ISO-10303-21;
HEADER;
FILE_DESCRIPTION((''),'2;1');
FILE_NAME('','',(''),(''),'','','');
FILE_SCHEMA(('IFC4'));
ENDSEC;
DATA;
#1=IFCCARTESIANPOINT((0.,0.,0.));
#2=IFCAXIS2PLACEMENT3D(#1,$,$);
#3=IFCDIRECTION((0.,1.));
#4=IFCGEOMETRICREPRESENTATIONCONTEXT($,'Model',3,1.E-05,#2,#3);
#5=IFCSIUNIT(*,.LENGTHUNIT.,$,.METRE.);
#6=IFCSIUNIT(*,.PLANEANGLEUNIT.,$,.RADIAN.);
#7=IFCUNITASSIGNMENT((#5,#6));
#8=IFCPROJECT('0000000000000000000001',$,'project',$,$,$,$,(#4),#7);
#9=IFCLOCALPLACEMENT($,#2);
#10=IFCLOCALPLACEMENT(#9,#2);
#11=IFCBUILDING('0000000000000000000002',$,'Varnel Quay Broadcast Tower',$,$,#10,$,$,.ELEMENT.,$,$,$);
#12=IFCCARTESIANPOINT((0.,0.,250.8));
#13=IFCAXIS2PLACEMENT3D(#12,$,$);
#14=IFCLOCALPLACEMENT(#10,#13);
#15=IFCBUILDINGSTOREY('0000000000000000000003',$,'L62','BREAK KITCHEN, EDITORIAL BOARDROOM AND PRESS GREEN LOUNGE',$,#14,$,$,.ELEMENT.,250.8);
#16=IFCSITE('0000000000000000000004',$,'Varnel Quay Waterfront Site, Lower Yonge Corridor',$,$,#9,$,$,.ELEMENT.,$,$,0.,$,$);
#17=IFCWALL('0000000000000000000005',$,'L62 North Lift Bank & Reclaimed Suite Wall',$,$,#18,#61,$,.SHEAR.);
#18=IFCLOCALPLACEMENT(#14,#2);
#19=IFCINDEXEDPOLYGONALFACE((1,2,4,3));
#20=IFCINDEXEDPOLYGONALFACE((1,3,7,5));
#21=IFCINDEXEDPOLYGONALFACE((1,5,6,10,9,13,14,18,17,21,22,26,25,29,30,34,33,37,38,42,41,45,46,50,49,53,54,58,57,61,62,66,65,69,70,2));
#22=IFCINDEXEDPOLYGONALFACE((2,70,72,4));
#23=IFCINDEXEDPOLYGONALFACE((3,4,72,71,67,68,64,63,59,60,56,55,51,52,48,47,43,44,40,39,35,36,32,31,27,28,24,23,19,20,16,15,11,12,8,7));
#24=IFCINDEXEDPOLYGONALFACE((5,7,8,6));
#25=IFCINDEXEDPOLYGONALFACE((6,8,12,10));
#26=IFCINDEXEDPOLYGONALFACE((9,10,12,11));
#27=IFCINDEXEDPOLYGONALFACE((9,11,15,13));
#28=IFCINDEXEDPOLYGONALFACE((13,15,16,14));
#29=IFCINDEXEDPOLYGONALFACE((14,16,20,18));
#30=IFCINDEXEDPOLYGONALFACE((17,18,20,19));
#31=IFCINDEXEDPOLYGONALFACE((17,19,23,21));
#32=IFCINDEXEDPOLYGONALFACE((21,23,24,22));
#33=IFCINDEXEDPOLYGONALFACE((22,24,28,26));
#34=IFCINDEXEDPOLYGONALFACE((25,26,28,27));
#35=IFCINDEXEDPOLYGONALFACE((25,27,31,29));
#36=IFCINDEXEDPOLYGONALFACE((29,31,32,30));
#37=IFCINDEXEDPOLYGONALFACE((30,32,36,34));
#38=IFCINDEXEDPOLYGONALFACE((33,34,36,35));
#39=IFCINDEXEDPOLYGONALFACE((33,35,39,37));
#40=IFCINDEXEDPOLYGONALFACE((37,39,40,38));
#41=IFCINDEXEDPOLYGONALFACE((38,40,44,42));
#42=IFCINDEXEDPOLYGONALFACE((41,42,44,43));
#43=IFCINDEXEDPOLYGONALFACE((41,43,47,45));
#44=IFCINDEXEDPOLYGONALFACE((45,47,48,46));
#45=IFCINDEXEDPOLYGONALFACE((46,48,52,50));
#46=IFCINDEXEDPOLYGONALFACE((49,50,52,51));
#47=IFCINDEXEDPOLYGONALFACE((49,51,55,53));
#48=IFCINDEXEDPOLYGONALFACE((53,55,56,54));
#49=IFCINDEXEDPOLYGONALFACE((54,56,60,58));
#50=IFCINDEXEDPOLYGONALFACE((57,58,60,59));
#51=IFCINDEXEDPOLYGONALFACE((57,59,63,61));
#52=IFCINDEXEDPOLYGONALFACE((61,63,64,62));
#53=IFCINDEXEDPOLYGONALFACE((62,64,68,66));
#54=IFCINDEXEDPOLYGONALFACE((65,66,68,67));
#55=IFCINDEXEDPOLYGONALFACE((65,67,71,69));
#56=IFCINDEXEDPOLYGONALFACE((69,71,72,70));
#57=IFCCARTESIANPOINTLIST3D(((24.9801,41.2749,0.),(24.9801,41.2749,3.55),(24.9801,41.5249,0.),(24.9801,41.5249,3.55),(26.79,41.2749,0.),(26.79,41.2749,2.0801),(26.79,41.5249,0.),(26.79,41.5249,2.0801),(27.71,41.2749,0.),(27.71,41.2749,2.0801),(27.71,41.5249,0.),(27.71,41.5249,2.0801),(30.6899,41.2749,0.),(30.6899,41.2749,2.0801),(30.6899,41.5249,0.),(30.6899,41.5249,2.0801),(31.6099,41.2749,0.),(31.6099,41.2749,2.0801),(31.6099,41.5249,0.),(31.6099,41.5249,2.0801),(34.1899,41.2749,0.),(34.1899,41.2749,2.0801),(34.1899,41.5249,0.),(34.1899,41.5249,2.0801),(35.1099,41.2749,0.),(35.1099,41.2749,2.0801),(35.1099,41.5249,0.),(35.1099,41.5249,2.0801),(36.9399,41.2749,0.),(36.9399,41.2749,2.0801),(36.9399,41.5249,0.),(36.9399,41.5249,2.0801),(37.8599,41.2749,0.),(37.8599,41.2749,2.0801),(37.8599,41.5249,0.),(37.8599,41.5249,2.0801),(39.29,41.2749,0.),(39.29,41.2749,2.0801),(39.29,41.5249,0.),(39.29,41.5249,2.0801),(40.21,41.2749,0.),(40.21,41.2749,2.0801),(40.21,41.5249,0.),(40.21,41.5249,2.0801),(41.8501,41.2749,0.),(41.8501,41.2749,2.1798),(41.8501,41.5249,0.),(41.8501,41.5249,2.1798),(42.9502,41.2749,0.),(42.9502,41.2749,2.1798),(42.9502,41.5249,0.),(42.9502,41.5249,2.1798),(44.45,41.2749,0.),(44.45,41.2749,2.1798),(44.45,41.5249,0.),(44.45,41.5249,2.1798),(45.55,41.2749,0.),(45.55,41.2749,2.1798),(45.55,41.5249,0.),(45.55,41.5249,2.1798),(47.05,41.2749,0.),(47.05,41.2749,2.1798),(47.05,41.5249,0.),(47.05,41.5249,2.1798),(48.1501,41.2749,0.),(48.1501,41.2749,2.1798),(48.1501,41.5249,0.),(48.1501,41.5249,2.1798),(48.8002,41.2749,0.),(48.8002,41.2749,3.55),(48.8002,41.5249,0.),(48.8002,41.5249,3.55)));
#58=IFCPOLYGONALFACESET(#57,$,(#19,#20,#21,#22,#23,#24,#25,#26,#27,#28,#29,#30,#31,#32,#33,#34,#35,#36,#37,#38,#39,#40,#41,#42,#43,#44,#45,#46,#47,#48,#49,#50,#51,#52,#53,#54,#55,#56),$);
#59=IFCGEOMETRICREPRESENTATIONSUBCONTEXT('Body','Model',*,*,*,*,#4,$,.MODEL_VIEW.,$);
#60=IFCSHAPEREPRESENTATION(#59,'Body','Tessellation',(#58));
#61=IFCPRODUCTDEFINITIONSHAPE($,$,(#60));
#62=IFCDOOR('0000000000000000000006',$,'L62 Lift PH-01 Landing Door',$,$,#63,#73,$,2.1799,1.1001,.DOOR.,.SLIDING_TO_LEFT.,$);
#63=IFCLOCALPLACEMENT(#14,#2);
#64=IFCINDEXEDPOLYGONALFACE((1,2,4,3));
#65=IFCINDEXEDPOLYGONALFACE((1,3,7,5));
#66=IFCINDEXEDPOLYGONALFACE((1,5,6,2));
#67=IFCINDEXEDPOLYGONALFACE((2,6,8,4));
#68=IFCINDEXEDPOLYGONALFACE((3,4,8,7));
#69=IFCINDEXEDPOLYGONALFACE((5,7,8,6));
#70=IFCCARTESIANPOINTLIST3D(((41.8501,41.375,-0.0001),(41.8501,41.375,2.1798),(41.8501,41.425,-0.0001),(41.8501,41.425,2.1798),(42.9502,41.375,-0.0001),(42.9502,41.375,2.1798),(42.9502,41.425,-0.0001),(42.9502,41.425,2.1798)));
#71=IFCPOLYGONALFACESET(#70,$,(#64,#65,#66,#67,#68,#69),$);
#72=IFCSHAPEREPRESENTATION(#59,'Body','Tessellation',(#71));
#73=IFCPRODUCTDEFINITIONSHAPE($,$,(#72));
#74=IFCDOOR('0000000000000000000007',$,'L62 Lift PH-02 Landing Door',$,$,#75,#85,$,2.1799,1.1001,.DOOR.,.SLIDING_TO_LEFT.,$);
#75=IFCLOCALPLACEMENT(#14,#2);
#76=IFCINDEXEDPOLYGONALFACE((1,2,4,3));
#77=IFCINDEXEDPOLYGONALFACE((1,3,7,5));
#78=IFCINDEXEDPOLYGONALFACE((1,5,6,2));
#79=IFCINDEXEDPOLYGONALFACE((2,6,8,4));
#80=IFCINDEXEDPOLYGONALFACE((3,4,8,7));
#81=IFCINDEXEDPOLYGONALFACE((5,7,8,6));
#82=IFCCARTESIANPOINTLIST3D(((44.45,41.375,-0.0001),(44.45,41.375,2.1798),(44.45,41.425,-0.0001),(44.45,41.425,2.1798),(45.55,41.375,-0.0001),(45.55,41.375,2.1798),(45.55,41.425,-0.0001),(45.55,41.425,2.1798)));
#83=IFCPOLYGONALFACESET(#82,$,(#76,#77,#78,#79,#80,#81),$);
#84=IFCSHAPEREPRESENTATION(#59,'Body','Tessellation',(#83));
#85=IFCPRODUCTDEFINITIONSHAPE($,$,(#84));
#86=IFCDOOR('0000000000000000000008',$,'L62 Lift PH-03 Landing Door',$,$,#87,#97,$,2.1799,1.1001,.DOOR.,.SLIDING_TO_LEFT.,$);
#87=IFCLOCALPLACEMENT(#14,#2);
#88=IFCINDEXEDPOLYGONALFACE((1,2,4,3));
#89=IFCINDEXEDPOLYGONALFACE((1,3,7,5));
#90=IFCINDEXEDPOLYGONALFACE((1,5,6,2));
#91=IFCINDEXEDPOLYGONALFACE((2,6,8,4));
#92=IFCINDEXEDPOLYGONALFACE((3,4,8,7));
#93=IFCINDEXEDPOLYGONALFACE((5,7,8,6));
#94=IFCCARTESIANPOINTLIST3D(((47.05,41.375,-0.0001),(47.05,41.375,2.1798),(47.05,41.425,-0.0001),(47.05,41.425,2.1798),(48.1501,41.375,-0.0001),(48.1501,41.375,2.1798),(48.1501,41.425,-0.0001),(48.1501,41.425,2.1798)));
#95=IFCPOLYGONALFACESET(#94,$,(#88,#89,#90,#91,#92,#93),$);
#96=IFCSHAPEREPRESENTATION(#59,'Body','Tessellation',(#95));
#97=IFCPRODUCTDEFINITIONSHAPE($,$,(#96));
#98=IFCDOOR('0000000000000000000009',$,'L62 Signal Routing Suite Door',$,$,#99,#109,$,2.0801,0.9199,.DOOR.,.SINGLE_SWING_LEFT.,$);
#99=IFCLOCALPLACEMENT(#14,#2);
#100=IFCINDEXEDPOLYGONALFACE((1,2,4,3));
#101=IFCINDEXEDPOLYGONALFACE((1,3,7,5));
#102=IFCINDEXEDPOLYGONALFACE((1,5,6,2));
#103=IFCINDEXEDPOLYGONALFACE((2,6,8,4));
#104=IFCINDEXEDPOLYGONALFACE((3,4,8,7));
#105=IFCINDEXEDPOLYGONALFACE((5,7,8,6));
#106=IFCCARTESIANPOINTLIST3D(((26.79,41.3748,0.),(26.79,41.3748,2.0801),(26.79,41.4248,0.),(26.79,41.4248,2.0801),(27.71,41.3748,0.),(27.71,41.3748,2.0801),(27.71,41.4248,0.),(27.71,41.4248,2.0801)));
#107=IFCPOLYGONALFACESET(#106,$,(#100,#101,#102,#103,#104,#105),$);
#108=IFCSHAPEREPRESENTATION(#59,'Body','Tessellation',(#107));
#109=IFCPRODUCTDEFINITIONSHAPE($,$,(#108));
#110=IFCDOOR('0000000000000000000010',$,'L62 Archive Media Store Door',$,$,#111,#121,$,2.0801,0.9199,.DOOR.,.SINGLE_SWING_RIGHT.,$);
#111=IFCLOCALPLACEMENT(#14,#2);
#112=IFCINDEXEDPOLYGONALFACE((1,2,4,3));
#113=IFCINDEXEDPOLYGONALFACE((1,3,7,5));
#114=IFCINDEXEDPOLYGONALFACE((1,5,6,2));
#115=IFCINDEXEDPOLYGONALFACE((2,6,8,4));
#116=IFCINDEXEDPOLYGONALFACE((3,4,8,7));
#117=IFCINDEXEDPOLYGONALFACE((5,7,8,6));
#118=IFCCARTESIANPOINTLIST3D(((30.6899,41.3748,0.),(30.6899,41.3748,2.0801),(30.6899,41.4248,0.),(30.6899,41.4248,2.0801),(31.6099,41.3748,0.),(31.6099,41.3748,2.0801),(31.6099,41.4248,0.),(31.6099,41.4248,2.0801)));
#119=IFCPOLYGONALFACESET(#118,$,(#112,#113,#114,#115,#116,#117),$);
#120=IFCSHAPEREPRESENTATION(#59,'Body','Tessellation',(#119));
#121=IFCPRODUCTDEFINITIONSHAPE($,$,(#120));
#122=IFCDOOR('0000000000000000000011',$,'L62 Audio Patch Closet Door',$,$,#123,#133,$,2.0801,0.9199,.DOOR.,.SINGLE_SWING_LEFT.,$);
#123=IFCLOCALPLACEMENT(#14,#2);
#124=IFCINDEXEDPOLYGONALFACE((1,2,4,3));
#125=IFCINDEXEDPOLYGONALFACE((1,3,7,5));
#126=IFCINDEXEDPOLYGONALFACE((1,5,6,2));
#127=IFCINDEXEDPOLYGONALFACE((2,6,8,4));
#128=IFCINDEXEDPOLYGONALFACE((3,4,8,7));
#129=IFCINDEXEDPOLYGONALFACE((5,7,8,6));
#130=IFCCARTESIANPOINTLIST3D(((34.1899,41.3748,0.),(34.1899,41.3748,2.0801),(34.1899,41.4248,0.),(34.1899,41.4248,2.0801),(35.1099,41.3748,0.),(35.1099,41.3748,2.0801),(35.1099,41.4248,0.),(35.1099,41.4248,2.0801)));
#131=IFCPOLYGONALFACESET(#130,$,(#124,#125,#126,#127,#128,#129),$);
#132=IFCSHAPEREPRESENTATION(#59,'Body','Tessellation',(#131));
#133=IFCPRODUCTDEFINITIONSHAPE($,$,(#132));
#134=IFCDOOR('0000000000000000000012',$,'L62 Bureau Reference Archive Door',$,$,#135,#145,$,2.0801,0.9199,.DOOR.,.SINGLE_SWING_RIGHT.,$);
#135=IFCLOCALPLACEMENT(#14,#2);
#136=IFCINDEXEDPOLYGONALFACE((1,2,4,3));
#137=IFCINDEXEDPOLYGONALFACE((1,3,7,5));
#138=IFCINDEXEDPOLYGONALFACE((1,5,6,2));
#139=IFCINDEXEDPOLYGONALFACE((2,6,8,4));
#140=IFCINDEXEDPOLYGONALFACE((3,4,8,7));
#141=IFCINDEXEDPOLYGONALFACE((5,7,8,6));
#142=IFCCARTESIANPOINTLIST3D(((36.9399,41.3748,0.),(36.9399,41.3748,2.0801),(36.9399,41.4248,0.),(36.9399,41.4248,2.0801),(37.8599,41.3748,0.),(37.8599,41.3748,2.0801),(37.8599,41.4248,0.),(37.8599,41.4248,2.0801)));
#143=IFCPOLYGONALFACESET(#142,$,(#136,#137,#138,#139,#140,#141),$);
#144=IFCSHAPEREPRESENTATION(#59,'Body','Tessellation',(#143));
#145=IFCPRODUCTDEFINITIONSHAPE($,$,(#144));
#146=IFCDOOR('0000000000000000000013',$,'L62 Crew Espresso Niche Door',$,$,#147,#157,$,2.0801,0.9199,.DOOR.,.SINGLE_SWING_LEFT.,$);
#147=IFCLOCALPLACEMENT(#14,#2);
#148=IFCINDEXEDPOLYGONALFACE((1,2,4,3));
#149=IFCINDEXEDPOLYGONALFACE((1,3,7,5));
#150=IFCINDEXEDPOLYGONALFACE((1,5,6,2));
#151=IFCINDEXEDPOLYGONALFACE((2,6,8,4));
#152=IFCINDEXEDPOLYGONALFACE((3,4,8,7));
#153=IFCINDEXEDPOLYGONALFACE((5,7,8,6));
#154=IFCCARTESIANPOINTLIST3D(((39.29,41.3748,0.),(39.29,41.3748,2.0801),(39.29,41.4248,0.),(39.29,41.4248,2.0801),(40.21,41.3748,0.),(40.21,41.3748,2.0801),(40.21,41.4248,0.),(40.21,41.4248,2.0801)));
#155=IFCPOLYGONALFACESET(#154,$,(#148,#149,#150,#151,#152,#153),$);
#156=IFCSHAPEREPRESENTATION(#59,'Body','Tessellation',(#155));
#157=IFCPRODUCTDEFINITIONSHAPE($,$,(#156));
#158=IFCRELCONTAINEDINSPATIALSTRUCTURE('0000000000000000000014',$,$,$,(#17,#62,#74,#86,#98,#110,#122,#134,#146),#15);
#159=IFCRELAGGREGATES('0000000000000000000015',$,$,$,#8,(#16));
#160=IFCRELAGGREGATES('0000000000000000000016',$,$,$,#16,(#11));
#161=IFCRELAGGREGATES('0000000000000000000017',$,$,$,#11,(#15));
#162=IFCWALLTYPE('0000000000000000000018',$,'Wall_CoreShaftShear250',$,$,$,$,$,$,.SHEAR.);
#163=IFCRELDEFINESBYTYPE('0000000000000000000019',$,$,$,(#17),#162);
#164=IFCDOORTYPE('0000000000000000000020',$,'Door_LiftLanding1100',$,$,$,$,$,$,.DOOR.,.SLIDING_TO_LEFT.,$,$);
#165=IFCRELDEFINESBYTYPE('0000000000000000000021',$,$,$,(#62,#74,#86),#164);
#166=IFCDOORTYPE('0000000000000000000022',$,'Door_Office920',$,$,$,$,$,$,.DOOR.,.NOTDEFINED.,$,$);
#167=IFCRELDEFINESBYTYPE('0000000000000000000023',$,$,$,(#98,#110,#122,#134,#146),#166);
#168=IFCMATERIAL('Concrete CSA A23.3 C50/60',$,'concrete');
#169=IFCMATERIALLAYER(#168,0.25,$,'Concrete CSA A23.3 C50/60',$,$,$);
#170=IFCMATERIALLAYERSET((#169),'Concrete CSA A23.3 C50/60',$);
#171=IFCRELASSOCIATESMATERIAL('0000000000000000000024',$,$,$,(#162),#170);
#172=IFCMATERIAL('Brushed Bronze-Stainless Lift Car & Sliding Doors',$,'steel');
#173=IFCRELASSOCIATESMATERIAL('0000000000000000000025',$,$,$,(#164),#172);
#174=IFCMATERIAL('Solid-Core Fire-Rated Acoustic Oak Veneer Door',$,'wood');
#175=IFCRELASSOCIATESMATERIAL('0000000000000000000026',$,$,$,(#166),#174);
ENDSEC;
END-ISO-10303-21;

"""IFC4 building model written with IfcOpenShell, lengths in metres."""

from ifc_helpers import new_model, si_unit, direction, frame, frame_2d, origin, place, context, subcontext, project, spatial, rectangle, extrude, source, transform, mapped, material, layer, layer_set, type_object, type_shapes, element, fill, save


model = new_model("IFC4")

# Units and contexts
model_context = context("Model", 3, precision=1e-05, world=origin(), true_north=direction((0.0, 1.0)))
body_context = subcontext(model_context, "Body", "Model", "MODEL_VIEW")
ifc_project = project(units=[si_unit("LENGTHUNIT", "METRE"), si_unit("PLANEANGLEUNIT", "RADIAN")], contexts=[model_context])

# Site, building, storey
site_placement = place(None, origin())
site = spatial("IfcSite", under=ifc_project, at=site_placement, Name="Varnel Quay Waterfront Site, Lower Yonge Corridor", CompositionType="ELEMENT", RefElevation=0.0)
building_placement = place(site_placement, origin())
building = spatial("IfcBuilding", under=site, at=building_placement, Name="Varnel Quay Broadcast Tower", CompositionType="ELEMENT")
storey_placement = place(building_placement, frame((0.0, 0.0, 250.8)))
storey = spatial("IfcBuildingStorey", under=building, at=storey_placement, Name="L62", Description="BREAK KITCHEN, EDITORIAL BOARDROOM AND PRESS GREEN LOUNGE", CompositionType="ELEMENT", Elevation=250.8)

# Shared definitions
ifc_material_1 = material(Name="Concrete CSA A23.3 C50/60", Category="concrete")

# Wall, openings, doors
ifc_layer_1 = layer(ifc_material_1, 0.25, Name="Concrete CSA A23.3 C50/60")
ifc_layer_set_1 = layer_set([ifc_layer_1], Name="Concrete CSA A23.3 C50/60")
wall_type_1 = type_object("IfcWallType", Name="Wall_CoreShaftShear250", PredefinedType="SHEAR", material=ifc_layer_set_1)
wall_1_placement = place(storey_placement, frame((24.98, 41.3999, 0.0), z_axis=(0.0, 0.0, 1.0), x_axis=(1.0, 0.0, 0.0)))
wall_1 = element("IfcWall", 1, at=wall_1_placement, inside=storey, type_object=wall_type_1, Name="L62 North Lift Bank & Reclaimed Suite Wall", PredefinedType="SHEAR", context=body_context, shape_type="SweptSolid", body=[
    extrude(rectangle(XDim=23.8201, YDim=0.25, at=frame_2d((11.9102, 0.0))), origin(), (0.0, 0.0, 1.0), 3.55),
])
opening_1_placement = place(wall_1_placement, frame((16.8701, 0.0, 0.0)))
opening_1 = element("IfcOpeningElement", 2, at=opening_1_placement, cuts=wall_1, PredefinedType="OPENING", context=body_context, shape_type="SweptSolid", body=[
    extrude(rectangle(XDim=1.1001, YDim=2.1799, at=frame_2d((0.55, 1.0898))), frame((0.0, 0.135, 0.0), z_axis=(0.0, -1.0, 0.0), x_axis=(1.0, 0.0, 0.0)), (0.0, 0.0, 1.0), 0.27),
])
opening_2_placement = place(wall_1_placement, frame((19.47, 0.0, 0.0)))
opening_2 = element("IfcOpeningElement", 3, at=opening_2_placement, cuts=wall_1, PredefinedType="OPENING", context=body_context, shape_type="SweptSolid", body=[
    extrude(rectangle(XDim=1.1001, YDim=2.1799, at=frame_2d((0.55, 1.0898))), frame((0.0, 0.135, 0.0), z_axis=(0.0, -1.0, 0.0), x_axis=(1.0, 0.0, 0.0)), (0.0, 0.0, 1.0), 0.27),
])
opening_3_placement = place(wall_1_placement, frame((22.0701, 0.0, 0.0)))
opening_3 = element("IfcOpeningElement", 4, at=opening_3_placement, cuts=wall_1, PredefinedType="OPENING", context=body_context, shape_type="SweptSolid", body=[
    extrude(rectangle(XDim=1.1001, YDim=2.1799, at=frame_2d((0.55, 1.0898))), frame((0.0, 0.135, 0.0), z_axis=(0.0, -1.0, 0.0), x_axis=(1.0, 0.0, 0.0)), (0.0, 0.0, 1.0), 0.27),
])
opening_4_placement = place(wall_1_placement, frame((1.8101, 0.0, 0.0)))
opening_4 = element("IfcOpeningElement", 5, at=opening_4_placement, cuts=wall_1, PredefinedType="OPENING", context=body_context, shape_type="SweptSolid", body=[
    extrude(rectangle(XDim=0.9199, YDim=2.0801, at=frame_2d((0.46, 1.04))), frame((0.0, 0.135, 0.0), z_axis=(0.0, -1.0, 0.0), x_axis=(1.0, 0.0, 0.0)), (0.0, 0.0, 1.0), 0.27),
])
opening_5_placement = place(wall_1_placement, frame((5.71, 0.0, 0.0)))
opening_5 = element("IfcOpeningElement", 6, at=opening_5_placement, cuts=wall_1, PredefinedType="OPENING", context=body_context, shape_type="SweptSolid", body=[
    extrude(rectangle(XDim=0.9199, YDim=2.0801, at=frame_2d((0.46, 1.04))), frame((0.0, 0.135, 0.0), z_axis=(0.0, -1.0, 0.0), x_axis=(1.0, 0.0, 0.0)), (0.0, 0.0, 1.0), 0.27),
])
opening_6_placement = place(wall_1_placement, frame((9.21, 0.0, 0.0)))
opening_6 = element("IfcOpeningElement", 7, at=opening_6_placement, cuts=wall_1, PredefinedType="OPENING", context=body_context, shape_type="SweptSolid", body=[
    extrude(rectangle(XDim=0.9199, YDim=2.0801, at=frame_2d((0.46, 1.04))), frame((0.0, 0.135, 0.0), z_axis=(0.0, -1.0, 0.0), x_axis=(1.0, 0.0, 0.0)), (0.0, 0.0, 1.0), 0.27),
])
opening_7_placement = place(wall_1_placement, frame((11.96, 0.0, 0.0)))
opening_7 = element("IfcOpeningElement", 8, at=opening_7_placement, cuts=wall_1, PredefinedType="OPENING", context=body_context, shape_type="SweptSolid", body=[
    extrude(rectangle(XDim=0.9199, YDim=2.0801, at=frame_2d((0.46, 1.04))), frame((0.0, 0.135, 0.0), z_axis=(0.0, -1.0, 0.0), x_axis=(1.0, 0.0, 0.0)), (0.0, 0.0, 1.0), 0.27),
])
opening_8_placement = place(wall_1_placement, frame((14.3101, 0.0, 0.0)))
opening_8 = element("IfcOpeningElement", 9, at=opening_8_placement, cuts=wall_1, PredefinedType="OPENING", context=body_context, shape_type="SweptSolid", body=[
    extrude(rectangle(XDim=0.9199, YDim=2.0801, at=frame_2d((0.46, 1.04))), frame((0.0, 0.135, 0.0), z_axis=(0.0, -1.0, 0.0), x_axis=(1.0, 0.0, 0.0)), (0.0, 0.0, 1.0), 0.27),
])
ifc_material_2 = material(Name="Brushed Bronze-Stainless Lift Car & Sliding Doors", Category="steel")
door_type_1 = type_object("IfcDoorType", Name="Door_LiftLanding1100", OperationType="SLIDING_TO_LEFT", PredefinedType="DOOR", material=ifc_material_2)
shared_shape_1 = source(origin(), body_context, "Body", "SweptSolid", [
    extrude(rectangle(XDim=1.1001, YDim=2.1799, at=frame_2d((0.55, 1.0898))), frame((0.0, 0.0249, 0.0), z_axis=(0.0, -1.0, 0.0), x_axis=(1.0, 0.0, 0.0)), (0.0, 0.0, 1.0), 0.05),
])
type_shapes(door_type_1, [shared_shape_1])
door_1_placement = place(opening_1_placement, frame((1.1001, 0.0, 0.0), z_axis=(0.0, 0.0, 1.0), x_axis=(-1.0, 0.0, 0.0)))
door_1 = element("IfcDoor", 10, at=door_1_placement, inside=storey, type_object=door_type_1, Name="L62 Lift PH-01 Landing Door", OperationType="SLIDING_TO_LEFT", OverallHeight=2.1799, OverallWidth=1.1001, PredefinedType="DOOR", context=body_context, shape_type="MappedRepresentation", body=[
    mapped(shared_shape_1, transform((0.0, 0.0, 0.0), x_axis=(1.0, 0.0, 0.0), y_axis=(0.0, 1.0, 0.0), z_axis=(0.0, 0.0, 1.0), scale=1.0)),
])
fill(opening_1, door_1)
door_2_placement = place(opening_2_placement, frame((1.1001, 0.0, 0.0), z_axis=(0.0, 0.0, 1.0), x_axis=(-1.0, 0.0, 0.0)))
door_2 = element("IfcDoor", 11, at=door_2_placement, inside=storey, type_object=door_type_1, Name="L62 Lift PH-02 Landing Door", OperationType="SLIDING_TO_LEFT", OverallHeight=2.1799, OverallWidth=1.1001, PredefinedType="DOOR", context=body_context, shape_type="MappedRepresentation", body=[
    mapped(shared_shape_1, transform((0.0, 0.0, 0.0), x_axis=(1.0, 0.0, 0.0), y_axis=(0.0, 1.0, 0.0), z_axis=(0.0, 0.0, 1.0), scale=1.0)),
])
fill(opening_2, door_2)
door_3_placement = place(opening_3_placement, frame((1.1001, 0.0, 0.0), z_axis=(0.0, 0.0, 1.0), x_axis=(-1.0, 0.0, 0.0)))
door_3 = element("IfcDoor", 12, at=door_3_placement, inside=storey, type_object=door_type_1, Name="L62 Lift PH-03 Landing Door", OperationType="SLIDING_TO_LEFT", OverallHeight=2.1799, OverallWidth=1.1001, PredefinedType="DOOR", context=body_context, shape_type="MappedRepresentation", body=[
    mapped(shared_shape_1, transform((0.0, 0.0, 0.0), x_axis=(1.0, 0.0, 0.0), y_axis=(0.0, 1.0, 0.0), z_axis=(0.0, 0.0, 1.0), scale=1.0)),
])
fill(opening_3, door_3)
ifc_material_3 = material(Name="Solid-Core Fire-Rated Acoustic Oak Veneer Door", Category="wood")
door_type_2 = type_object("IfcDoorType", Name="Door_Office920", OperationType="NOTDEFINED", PredefinedType="DOOR", material=ifc_material_3)
shared_shape_2 = source(origin(), body_context, "Body", "SweptSolid", [
    extrude(rectangle(XDim=0.9199, YDim=2.0801, at=frame_2d((0.46, 1.04))), frame((0.0, 0.0249, 0.0), z_axis=(0.0, -1.0, 0.0), x_axis=(1.0, 0.0, 0.0)), (0.0, 0.0, 1.0), 0.05),
])
type_shapes(door_type_2, [shared_shape_2])
door_4_placement = place(opening_4_placement, origin())
door_4 = element("IfcDoor", 13, at=door_4_placement, inside=storey, type_object=door_type_2, Name="L62 Signal Routing Suite Door", OperationType="SINGLE_SWING_LEFT", OverallHeight=2.0801, OverallWidth=0.9199, PredefinedType="DOOR", context=body_context, shape_type="MappedRepresentation", body=[
    mapped(shared_shape_2, transform((0.0, 0.0, 0.0), x_axis=(1.0, 0.0, 0.0), y_axis=(0.0, 1.0, 0.0), z_axis=(0.0, 0.0, 1.0), scale=1.0)),
])
fill(opening_4, door_4)
door_5_placement = place(opening_5_placement, origin())
door_5 = element("IfcDoor", 14, at=door_5_placement, inside=storey, type_object=door_type_2, Name="L62 Archive Media Store Door", OperationType="SINGLE_SWING_RIGHT", OverallHeight=2.0801, OverallWidth=0.9199, PredefinedType="DOOR", context=body_context, shape_type="MappedRepresentation", body=[
    mapped(shared_shape_2, transform((0.0, 0.0, 0.0), x_axis=(1.0, 0.0, 0.0), y_axis=(0.0, 1.0, 0.0), z_axis=(0.0, 0.0, 1.0), scale=1.0)),
])
fill(opening_5, door_5)
door_6_placement = place(opening_6_placement, origin())
door_6 = element("IfcDoor", 15, at=door_6_placement, inside=storey, type_object=door_type_2, Name="L62 Audio Patch Closet Door", OperationType="SINGLE_SWING_LEFT", OverallHeight=2.0801, OverallWidth=0.9199, PredefinedType="DOOR", context=body_context, shape_type="MappedRepresentation", body=[
    mapped(shared_shape_2, transform((0.0, 0.0, 0.0), x_axis=(1.0, 0.0, 0.0), y_axis=(0.0, 1.0, 0.0), z_axis=(0.0, 0.0, 1.0), scale=1.0)),
])
fill(opening_6, door_6)
door_7_placement = place(opening_7_placement, origin())
door_7 = element("IfcDoor", 16, at=door_7_placement, inside=storey, type_object=door_type_2, Name="L62 Bureau Reference Archive Door", OperationType="SINGLE_SWING_RIGHT", OverallHeight=2.0801, OverallWidth=0.9199, PredefinedType="DOOR", context=body_context, shape_type="MappedRepresentation", body=[
    mapped(shared_shape_2, transform((0.0, 0.0, 0.0), x_axis=(1.0, 0.0, 0.0), y_axis=(0.0, 1.0, 0.0), z_axis=(0.0, 0.0, 1.0), scale=1.0)),
])
fill(opening_7, door_7)
door_8_placement = place(opening_8_placement, origin())
door_8 = element("IfcDoor", 17, at=door_8_placement, inside=storey, type_object=door_type_2, Name="L62 Crew Espresso Niche Door", OperationType="SINGLE_SWING_LEFT", OverallHeight=2.0801, OverallWidth=0.9199, PredefinedType="DOOR", context=body_context, shape_type="MappedRepresentation", body=[
    mapped(shared_shape_2, transform((0.0, 0.0, 0.0), x_axis=(1.0, 0.0, 0.0), y_axis=(0.0, 1.0, 0.0), z_axis=(0.0, 0.0, 1.0), scale=1.0)),
])
fill(opening_8, door_8)

save(model, "model.ifc")
